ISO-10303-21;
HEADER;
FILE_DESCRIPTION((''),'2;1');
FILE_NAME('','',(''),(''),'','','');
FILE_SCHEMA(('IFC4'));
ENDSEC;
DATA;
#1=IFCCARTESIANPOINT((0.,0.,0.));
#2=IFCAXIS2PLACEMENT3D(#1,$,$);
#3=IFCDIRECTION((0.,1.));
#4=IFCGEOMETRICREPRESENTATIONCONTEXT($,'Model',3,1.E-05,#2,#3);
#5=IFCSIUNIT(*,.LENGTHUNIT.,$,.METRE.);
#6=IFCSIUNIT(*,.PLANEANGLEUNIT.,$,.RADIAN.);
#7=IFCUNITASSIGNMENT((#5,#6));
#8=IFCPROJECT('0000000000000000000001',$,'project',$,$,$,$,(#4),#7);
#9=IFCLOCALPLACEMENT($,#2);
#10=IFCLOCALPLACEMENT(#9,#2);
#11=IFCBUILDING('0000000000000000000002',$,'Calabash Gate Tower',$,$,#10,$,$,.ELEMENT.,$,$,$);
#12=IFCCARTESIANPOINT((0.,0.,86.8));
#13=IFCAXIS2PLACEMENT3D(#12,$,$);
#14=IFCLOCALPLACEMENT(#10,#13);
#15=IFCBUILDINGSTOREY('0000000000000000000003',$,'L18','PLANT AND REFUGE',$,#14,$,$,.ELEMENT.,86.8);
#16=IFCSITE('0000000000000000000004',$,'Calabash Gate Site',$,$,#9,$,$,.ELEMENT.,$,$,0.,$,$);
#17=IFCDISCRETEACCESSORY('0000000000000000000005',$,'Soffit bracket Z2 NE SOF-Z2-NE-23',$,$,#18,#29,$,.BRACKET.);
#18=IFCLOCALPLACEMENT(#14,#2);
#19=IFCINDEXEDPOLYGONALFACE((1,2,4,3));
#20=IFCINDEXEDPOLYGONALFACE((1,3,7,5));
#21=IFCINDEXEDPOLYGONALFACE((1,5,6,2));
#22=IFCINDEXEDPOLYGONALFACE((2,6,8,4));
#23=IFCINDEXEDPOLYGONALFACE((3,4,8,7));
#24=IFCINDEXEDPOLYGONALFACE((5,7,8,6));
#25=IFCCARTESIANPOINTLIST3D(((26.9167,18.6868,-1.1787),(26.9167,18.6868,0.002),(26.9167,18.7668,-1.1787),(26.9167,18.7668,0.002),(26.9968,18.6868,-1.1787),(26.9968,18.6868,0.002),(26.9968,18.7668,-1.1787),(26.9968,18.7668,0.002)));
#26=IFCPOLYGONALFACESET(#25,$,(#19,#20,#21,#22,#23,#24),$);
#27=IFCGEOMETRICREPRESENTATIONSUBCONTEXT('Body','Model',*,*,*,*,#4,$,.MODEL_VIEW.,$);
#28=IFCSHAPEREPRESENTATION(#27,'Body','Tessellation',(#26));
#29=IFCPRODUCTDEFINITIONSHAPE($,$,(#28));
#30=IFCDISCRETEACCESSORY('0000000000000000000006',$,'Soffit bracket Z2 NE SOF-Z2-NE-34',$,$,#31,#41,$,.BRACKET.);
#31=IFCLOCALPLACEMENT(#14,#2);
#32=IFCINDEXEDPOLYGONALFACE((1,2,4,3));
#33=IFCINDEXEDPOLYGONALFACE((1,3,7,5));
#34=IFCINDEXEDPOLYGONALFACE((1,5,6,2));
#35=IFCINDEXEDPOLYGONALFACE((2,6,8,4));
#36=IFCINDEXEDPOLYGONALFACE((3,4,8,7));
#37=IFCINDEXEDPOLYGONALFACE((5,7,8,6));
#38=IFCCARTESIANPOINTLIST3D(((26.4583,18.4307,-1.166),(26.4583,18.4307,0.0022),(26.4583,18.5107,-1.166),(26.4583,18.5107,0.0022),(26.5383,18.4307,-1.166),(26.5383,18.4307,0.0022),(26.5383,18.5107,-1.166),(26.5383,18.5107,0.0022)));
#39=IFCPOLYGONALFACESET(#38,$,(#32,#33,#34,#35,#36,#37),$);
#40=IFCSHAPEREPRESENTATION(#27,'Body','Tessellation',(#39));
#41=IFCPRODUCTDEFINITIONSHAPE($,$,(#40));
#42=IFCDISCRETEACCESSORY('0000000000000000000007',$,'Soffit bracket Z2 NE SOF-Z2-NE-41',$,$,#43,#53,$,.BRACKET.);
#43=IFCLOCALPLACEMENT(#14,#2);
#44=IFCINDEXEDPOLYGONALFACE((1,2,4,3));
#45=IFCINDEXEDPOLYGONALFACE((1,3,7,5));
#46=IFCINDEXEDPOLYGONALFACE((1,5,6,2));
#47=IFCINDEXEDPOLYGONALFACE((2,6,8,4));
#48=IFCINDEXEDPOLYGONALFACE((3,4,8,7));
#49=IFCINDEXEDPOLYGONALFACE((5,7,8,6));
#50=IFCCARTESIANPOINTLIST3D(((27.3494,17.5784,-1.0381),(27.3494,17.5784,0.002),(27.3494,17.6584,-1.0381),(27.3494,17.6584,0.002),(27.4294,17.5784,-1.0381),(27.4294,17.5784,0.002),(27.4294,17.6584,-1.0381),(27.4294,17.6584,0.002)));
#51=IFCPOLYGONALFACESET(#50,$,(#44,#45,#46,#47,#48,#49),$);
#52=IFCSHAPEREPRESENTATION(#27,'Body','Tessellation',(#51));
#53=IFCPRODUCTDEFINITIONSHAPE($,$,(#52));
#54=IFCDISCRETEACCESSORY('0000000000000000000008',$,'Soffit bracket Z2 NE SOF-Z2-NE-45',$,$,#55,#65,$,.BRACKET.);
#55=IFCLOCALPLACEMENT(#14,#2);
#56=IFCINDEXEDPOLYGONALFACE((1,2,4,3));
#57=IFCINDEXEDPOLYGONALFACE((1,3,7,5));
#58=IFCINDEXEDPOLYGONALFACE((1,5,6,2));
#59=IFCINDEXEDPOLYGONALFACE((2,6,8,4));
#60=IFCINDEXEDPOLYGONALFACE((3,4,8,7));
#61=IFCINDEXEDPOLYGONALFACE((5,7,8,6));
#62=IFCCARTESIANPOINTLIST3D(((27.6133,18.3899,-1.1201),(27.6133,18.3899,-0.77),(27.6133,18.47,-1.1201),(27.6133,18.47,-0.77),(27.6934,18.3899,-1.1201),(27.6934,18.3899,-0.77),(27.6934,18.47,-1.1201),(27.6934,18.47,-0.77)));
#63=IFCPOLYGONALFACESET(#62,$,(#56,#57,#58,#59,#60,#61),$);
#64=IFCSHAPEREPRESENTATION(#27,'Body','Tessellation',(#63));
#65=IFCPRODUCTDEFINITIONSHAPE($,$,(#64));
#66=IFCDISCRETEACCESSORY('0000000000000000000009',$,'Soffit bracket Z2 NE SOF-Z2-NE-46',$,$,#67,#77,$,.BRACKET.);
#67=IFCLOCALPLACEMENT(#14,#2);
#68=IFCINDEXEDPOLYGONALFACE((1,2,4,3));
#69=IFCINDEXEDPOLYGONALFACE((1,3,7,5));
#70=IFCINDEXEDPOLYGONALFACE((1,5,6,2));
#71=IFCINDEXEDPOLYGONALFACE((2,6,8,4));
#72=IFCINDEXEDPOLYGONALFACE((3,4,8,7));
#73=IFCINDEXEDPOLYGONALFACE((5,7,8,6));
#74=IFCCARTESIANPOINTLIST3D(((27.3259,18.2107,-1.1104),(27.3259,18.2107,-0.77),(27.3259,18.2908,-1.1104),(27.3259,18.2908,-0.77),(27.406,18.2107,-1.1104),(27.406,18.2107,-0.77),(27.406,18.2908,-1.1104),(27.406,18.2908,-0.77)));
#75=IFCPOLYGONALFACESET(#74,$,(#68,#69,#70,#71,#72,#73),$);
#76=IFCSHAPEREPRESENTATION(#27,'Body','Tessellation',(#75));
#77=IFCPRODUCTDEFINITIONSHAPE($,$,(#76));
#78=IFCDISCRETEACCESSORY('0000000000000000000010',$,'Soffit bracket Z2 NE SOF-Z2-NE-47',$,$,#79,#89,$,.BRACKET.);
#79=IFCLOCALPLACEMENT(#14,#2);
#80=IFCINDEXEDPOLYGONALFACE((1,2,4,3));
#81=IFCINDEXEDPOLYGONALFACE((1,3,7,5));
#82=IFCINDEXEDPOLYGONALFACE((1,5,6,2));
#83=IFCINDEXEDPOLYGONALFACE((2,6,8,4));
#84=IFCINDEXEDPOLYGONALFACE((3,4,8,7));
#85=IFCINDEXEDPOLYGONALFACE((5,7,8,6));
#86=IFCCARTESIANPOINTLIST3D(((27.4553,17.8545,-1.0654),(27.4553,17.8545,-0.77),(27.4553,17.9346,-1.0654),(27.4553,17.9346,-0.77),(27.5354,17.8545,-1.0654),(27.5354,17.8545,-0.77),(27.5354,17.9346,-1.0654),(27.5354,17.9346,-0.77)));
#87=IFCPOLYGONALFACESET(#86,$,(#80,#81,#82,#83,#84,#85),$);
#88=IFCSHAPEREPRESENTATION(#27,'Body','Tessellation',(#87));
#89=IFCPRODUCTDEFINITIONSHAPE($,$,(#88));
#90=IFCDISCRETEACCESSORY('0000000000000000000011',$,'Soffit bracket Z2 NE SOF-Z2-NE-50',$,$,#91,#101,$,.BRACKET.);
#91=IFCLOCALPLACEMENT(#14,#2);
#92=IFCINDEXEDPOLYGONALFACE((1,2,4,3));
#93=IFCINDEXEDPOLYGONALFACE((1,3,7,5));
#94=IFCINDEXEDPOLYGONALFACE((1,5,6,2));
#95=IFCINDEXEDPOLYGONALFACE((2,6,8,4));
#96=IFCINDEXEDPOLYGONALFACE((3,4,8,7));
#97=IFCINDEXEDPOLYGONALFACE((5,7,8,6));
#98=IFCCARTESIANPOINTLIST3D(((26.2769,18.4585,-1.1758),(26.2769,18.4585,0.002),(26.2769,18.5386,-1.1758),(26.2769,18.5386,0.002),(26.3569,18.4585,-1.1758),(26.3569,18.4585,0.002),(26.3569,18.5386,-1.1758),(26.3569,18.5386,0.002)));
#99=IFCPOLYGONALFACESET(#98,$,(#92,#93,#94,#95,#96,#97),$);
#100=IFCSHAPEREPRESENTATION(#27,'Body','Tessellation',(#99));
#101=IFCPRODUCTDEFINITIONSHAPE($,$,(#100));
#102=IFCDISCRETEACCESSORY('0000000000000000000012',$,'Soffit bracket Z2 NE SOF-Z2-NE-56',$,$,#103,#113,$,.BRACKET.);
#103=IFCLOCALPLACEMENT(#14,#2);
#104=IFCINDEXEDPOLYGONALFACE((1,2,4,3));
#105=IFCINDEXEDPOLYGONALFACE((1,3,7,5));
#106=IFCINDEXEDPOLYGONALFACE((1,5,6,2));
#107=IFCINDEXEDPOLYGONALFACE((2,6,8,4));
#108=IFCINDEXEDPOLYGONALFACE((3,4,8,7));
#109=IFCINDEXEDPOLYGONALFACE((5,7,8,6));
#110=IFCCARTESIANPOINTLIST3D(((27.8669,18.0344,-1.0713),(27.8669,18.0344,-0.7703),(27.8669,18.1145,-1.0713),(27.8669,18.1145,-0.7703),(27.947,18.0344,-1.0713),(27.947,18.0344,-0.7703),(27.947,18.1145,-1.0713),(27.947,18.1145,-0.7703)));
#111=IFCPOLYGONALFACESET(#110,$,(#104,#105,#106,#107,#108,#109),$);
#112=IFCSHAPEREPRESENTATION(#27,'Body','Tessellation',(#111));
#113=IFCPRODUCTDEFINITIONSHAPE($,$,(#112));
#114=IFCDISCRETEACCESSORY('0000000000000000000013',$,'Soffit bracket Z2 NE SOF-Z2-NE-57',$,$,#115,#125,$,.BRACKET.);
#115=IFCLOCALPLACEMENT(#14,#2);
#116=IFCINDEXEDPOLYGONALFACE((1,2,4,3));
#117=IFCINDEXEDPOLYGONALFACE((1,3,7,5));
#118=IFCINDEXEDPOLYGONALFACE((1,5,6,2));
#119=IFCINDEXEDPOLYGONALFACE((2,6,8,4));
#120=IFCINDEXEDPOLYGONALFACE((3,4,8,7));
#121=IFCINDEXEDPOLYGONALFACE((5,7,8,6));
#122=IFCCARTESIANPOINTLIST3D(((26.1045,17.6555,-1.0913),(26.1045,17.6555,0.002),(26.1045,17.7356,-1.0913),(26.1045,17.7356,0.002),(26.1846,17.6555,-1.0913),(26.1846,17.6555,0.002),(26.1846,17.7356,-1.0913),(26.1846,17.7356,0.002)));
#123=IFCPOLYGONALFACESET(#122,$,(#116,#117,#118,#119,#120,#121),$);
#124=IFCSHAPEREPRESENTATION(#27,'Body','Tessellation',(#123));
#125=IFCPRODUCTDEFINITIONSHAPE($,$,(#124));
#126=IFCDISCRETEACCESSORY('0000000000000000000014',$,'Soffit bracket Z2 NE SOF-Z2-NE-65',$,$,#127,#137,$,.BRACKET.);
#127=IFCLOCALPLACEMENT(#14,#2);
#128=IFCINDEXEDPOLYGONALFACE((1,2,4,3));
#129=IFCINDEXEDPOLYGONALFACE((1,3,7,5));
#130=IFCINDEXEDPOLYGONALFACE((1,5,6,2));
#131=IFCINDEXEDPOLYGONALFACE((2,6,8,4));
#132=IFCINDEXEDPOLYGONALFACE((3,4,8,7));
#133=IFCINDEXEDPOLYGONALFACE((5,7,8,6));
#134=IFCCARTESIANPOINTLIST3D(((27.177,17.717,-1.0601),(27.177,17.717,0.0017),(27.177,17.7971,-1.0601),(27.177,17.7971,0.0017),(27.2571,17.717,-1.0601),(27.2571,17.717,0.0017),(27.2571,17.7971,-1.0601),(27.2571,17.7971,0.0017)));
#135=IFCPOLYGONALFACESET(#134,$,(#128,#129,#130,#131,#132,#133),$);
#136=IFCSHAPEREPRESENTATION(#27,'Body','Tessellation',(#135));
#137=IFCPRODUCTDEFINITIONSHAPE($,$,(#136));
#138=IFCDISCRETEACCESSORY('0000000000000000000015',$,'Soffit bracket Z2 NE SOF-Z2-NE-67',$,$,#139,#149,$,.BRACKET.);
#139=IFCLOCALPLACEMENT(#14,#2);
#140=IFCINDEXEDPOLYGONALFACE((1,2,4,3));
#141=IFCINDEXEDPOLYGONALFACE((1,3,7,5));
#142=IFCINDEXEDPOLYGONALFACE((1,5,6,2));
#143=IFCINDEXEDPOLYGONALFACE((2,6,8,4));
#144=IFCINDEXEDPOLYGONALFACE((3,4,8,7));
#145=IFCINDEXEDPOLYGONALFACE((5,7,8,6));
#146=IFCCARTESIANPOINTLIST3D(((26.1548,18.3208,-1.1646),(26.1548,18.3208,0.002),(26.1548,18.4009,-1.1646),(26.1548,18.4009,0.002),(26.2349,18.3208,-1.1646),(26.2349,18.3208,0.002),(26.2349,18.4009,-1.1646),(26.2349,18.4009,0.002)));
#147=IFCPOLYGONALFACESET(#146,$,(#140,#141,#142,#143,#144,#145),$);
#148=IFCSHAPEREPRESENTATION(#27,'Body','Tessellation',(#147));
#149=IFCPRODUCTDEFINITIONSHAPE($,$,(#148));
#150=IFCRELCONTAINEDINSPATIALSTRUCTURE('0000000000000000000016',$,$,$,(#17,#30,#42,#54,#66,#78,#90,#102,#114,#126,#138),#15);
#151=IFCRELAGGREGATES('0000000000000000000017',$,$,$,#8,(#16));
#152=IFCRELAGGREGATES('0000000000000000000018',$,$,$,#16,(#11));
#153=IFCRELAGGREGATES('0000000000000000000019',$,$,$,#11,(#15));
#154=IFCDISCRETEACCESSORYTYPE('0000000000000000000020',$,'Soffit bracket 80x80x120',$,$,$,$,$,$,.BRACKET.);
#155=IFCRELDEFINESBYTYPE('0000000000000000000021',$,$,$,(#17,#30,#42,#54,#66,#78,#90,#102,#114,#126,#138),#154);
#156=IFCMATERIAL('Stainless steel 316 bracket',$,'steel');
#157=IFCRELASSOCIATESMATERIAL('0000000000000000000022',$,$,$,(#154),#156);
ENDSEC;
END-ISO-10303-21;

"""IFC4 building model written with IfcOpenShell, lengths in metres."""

from ifc_helpers import new_model, si_unit, direction, frame, origin, origin_2d, place, context, subcontext, project, spatial, rectangle, extrude, material, type_object, element, save


model = new_model("IFC4")

# Units and contexts
model_context = context("Model", 3, precision=1e-05, world=origin(), true_north=direction((0.0, 1.0)))
body_context = subcontext(model_context, "Body", "Model", "MODEL_VIEW")
ifc_project = project(units=[si_unit("LENGTHUNIT", "METRE"), si_unit("PLANEANGLEUNIT", "RADIAN")], contexts=[model_context])

# Site, building, storey
site_placement = place(None, origin())
site = spatial("IfcSite", under=ifc_project, at=site_placement, Name="Calabash Gate Site", CompositionType="ELEMENT", RefElevation=0.0)
building_placement = place(site_placement, origin())
building = spatial("IfcBuilding", under=site, at=building_placement, Name="Calabash Gate Tower", CompositionType="ELEMENT")
storey_placement = place(building_placement, frame((0.0, 0.0, 86.8)))
storey = spatial("IfcBuildingStorey", under=building, at=storey_placement, Name="L18", Description="PLANT AND REFUGE", CompositionType="ELEMENT", Elevation=86.8)

# Discrete accessories
ifc_material_1 = material(Name="Stainless steel 316 bracket", Category="steel")
discrete_accessory_type = type_object("IfcDiscreteAccessoryType", Name="Soffit bracket 80x80x120", PredefinedType="BRACKET", material=ifc_material_1)
discrete_accessory_1_placement = place(storey_placement, frame((26.9568, 18.7268, -1.1787), z_axis=(0.0, 0.0, 1.0), x_axis=(1.0, 0.0, 0.0)))
element("IfcDiscreteAccessory", 1, at=discrete_accessory_1_placement, inside=storey, type_object=discrete_accessory_type, Name="Soffit bracket Z2 NE SOF-Z2-NE-23", PredefinedType="BRACKET", context=body_context, shape_type="SweptSolid", body=[
    extrude(rectangle(XDim=0.0801, YDim=0.0801, at=origin_2d()), origin(), (0.0, 0.0, 1.0), 1.1807),
])
discrete_accessory_2_placement = place(storey_placement, frame((26.4983, 18.4707, -1.166), z_axis=(0.0, 0.0, 1.0), x_axis=(1.0, 0.0, 0.0)))
element("IfcDiscreteAccessory", 2, at=discrete_accessory_2_placement, inside=storey, type_object=discrete_accessory_type, Name="Soffit bracket Z2 NE SOF-Z2-NE-34", PredefinedType="BRACKET", context=body_context, shape_type="SweptSolid", body=[
    extrude(rectangle(XDim=0.0801, YDim=0.0801, at=origin_2d()), origin(), (0.0, 0.0, 1.0), 1.1682),
])
discrete_accessory_3_placement = place(storey_placement, frame((27.3894, 17.6184, -1.0381), z_axis=(0.0, 0.0, 1.0), x_axis=(1.0, 0.0, 0.0)))
element("IfcDiscreteAccessory", 3, at=discrete_accessory_3_placement, inside=storey, type_object=discrete_accessory_type, Name="Soffit bracket Z2 NE SOF-Z2-NE-41", PredefinedType="BRACKET", context=body_context, shape_type="SweptSolid", body=[
    extrude(rectangle(XDim=0.0801, YDim=0.0801, at=origin_2d()), origin(), (0.0, 0.0, 1.0), 1.04),
])
discrete_accessory_4_placement = place(storey_placement, frame((27.6533, 18.4299, -1.1201), z_axis=(0.0, 0.0, 1.0), x_axis=(1.0, 0.0, 0.0)))
element("IfcDiscreteAccessory", 4, at=discrete_accessory_4_placement, inside=storey, type_object=discrete_accessory_type, Name="Soffit bracket Z2 NE SOF-Z2-NE-45", PredefinedType="BRACKET", context=body_context, shape_type="SweptSolid", body=[
    extrude(rectangle(XDim=0.0801, YDim=0.0801, at=origin_2d()), origin(), (0.0, 0.0, 1.0), 0.3501),
])
discrete_accessory_5_placement = place(storey_placement, frame((27.366, 18.2507, -1.1104), z_axis=(0.0, 0.0, 1.0), x_axis=(1.0, 0.0, 0.0)))
element("IfcDiscreteAccessory", 5, at=discrete_accessory_5_placement, inside=storey, type_object=discrete_accessory_type, Name="Soffit bracket Z2 NE SOF-Z2-NE-46", PredefinedType="BRACKET", context=body_context, shape_type="SweptSolid", body=[
    extrude(rectangle(XDim=0.0801, YDim=0.0801, at=origin_2d()), origin(), (0.0, 0.0, 1.0), 0.3403),
])
discrete_accessory_6_placement = place(storey_placement, frame((27.4954, 17.8945, -1.0654), z_axis=(0.0, 0.0, 1.0), x_axis=(1.0, 0.0, 0.0)))
element("IfcDiscreteAccessory", 6, at=discrete_accessory_6_placement, inside=storey, type_object=discrete_accessory_type, Name="Soffit bracket Z2 NE SOF-Z2-NE-47", PredefinedType="BRACKET", context=body_context, shape_type="SweptSolid", body=[
    extrude(rectangle(XDim=0.0801, YDim=0.0801, at=origin_2d()), origin(), (0.0, 0.0, 1.0), 0.2954),
])
discrete_accessory_7_placement = place(storey_placement, frame((26.3169, 18.4985, -1.1758), z_axis=(0.0, 0.0, 1.0), x_axis=(1.0, 0.0, 0.0)))
element("IfcDiscreteAccessory", 7, at=discrete_accessory_7_placement, inside=storey, type_object=discrete_accessory_type, Name="Soffit bracket Z2 NE SOF-Z2-NE-50", PredefinedType="BRACKET", context=body_context, shape_type="SweptSolid", body=[
    extrude(rectangle(XDim=0.0801, YDim=0.0801, at=origin_2d()), origin(), (0.0, 0.0, 1.0), 1.1777),
])
discrete_accessory_8_placement = place(storey_placement, frame((27.907, 18.0745, -1.0713), z_axis=(0.0, 0.0, 1.0), x_axis=(1.0, 0.0, 0.0)))
element("IfcDiscreteAccessory", 8, at=discrete_accessory_8_placement, inside=storey, type_object=discrete_accessory_type, Name="Soffit bracket Z2 NE SOF-Z2-NE-56", PredefinedType="BRACKET", context=body_context, shape_type="SweptSolid", body=[
    extrude(rectangle(XDim=0.0801, YDim=0.0801, at=origin_2d()), origin(), (0.0, 0.0, 1.0), 0.301),
])
discrete_accessory_9_placement = place(storey_placement, frame((26.1445, 17.6956, -1.0913), z_axis=(0.0, 0.0, 1.0), x_axis=(1.0, 0.0, 0.0)))
element("IfcDiscreteAccessory", 9, at=discrete_accessory_9_placement, inside=storey, type_object=discrete_accessory_type, Name="Soffit bracket Z2 NE SOF-Z2-NE-57", PredefinedType="BRACKET", context=body_context, shape_type="SweptSolid", body=[
    extrude(rectangle(XDim=0.0801, YDim=0.0801, at=origin_2d()), origin(), (0.0, 0.0, 1.0), 1.0933),
])
discrete_accessory_10_placement = place(storey_placement, frame((27.217, 17.7571, -1.0601), z_axis=(0.0, 0.0, 1.0), x_axis=(1.0, 0.0, 0.0)))
element("IfcDiscreteAccessory", 10, at=discrete_accessory_10_placement, inside=storey, type_object=discrete_accessory_type, Name="Soffit bracket Z2 NE SOF-Z2-NE-65", PredefinedType="BRACKET", context=body_context, shape_type="SweptSolid", body=[
    extrude(rectangle(XDim=0.0801, YDim=0.0801, at=origin_2d()), origin(), (0.0, 0.0, 1.0), 1.0618),
])
discrete_accessory_11_placement = place(storey_placement, frame((26.1948, 18.3608, -1.1646), z_axis=(0.0, 0.0, 1.0), x_axis=(1.0, 0.0, 0.0)))
element("IfcDiscreteAccessory", 11, at=discrete_accessory_11_placement, inside=storey, type_object=discrete_accessory_type, Name="Soffit bracket Z2 NE SOF-Z2-NE-67", PredefinedType="BRACKET", context=body_context, shape_type="SweptSolid", body=[
    extrude(rectangle(XDim=0.0801, YDim=0.0801, at=origin_2d()), origin(), (0.0, 0.0, 1.0), 1.1665),
])

save(model, "model.ifc")
